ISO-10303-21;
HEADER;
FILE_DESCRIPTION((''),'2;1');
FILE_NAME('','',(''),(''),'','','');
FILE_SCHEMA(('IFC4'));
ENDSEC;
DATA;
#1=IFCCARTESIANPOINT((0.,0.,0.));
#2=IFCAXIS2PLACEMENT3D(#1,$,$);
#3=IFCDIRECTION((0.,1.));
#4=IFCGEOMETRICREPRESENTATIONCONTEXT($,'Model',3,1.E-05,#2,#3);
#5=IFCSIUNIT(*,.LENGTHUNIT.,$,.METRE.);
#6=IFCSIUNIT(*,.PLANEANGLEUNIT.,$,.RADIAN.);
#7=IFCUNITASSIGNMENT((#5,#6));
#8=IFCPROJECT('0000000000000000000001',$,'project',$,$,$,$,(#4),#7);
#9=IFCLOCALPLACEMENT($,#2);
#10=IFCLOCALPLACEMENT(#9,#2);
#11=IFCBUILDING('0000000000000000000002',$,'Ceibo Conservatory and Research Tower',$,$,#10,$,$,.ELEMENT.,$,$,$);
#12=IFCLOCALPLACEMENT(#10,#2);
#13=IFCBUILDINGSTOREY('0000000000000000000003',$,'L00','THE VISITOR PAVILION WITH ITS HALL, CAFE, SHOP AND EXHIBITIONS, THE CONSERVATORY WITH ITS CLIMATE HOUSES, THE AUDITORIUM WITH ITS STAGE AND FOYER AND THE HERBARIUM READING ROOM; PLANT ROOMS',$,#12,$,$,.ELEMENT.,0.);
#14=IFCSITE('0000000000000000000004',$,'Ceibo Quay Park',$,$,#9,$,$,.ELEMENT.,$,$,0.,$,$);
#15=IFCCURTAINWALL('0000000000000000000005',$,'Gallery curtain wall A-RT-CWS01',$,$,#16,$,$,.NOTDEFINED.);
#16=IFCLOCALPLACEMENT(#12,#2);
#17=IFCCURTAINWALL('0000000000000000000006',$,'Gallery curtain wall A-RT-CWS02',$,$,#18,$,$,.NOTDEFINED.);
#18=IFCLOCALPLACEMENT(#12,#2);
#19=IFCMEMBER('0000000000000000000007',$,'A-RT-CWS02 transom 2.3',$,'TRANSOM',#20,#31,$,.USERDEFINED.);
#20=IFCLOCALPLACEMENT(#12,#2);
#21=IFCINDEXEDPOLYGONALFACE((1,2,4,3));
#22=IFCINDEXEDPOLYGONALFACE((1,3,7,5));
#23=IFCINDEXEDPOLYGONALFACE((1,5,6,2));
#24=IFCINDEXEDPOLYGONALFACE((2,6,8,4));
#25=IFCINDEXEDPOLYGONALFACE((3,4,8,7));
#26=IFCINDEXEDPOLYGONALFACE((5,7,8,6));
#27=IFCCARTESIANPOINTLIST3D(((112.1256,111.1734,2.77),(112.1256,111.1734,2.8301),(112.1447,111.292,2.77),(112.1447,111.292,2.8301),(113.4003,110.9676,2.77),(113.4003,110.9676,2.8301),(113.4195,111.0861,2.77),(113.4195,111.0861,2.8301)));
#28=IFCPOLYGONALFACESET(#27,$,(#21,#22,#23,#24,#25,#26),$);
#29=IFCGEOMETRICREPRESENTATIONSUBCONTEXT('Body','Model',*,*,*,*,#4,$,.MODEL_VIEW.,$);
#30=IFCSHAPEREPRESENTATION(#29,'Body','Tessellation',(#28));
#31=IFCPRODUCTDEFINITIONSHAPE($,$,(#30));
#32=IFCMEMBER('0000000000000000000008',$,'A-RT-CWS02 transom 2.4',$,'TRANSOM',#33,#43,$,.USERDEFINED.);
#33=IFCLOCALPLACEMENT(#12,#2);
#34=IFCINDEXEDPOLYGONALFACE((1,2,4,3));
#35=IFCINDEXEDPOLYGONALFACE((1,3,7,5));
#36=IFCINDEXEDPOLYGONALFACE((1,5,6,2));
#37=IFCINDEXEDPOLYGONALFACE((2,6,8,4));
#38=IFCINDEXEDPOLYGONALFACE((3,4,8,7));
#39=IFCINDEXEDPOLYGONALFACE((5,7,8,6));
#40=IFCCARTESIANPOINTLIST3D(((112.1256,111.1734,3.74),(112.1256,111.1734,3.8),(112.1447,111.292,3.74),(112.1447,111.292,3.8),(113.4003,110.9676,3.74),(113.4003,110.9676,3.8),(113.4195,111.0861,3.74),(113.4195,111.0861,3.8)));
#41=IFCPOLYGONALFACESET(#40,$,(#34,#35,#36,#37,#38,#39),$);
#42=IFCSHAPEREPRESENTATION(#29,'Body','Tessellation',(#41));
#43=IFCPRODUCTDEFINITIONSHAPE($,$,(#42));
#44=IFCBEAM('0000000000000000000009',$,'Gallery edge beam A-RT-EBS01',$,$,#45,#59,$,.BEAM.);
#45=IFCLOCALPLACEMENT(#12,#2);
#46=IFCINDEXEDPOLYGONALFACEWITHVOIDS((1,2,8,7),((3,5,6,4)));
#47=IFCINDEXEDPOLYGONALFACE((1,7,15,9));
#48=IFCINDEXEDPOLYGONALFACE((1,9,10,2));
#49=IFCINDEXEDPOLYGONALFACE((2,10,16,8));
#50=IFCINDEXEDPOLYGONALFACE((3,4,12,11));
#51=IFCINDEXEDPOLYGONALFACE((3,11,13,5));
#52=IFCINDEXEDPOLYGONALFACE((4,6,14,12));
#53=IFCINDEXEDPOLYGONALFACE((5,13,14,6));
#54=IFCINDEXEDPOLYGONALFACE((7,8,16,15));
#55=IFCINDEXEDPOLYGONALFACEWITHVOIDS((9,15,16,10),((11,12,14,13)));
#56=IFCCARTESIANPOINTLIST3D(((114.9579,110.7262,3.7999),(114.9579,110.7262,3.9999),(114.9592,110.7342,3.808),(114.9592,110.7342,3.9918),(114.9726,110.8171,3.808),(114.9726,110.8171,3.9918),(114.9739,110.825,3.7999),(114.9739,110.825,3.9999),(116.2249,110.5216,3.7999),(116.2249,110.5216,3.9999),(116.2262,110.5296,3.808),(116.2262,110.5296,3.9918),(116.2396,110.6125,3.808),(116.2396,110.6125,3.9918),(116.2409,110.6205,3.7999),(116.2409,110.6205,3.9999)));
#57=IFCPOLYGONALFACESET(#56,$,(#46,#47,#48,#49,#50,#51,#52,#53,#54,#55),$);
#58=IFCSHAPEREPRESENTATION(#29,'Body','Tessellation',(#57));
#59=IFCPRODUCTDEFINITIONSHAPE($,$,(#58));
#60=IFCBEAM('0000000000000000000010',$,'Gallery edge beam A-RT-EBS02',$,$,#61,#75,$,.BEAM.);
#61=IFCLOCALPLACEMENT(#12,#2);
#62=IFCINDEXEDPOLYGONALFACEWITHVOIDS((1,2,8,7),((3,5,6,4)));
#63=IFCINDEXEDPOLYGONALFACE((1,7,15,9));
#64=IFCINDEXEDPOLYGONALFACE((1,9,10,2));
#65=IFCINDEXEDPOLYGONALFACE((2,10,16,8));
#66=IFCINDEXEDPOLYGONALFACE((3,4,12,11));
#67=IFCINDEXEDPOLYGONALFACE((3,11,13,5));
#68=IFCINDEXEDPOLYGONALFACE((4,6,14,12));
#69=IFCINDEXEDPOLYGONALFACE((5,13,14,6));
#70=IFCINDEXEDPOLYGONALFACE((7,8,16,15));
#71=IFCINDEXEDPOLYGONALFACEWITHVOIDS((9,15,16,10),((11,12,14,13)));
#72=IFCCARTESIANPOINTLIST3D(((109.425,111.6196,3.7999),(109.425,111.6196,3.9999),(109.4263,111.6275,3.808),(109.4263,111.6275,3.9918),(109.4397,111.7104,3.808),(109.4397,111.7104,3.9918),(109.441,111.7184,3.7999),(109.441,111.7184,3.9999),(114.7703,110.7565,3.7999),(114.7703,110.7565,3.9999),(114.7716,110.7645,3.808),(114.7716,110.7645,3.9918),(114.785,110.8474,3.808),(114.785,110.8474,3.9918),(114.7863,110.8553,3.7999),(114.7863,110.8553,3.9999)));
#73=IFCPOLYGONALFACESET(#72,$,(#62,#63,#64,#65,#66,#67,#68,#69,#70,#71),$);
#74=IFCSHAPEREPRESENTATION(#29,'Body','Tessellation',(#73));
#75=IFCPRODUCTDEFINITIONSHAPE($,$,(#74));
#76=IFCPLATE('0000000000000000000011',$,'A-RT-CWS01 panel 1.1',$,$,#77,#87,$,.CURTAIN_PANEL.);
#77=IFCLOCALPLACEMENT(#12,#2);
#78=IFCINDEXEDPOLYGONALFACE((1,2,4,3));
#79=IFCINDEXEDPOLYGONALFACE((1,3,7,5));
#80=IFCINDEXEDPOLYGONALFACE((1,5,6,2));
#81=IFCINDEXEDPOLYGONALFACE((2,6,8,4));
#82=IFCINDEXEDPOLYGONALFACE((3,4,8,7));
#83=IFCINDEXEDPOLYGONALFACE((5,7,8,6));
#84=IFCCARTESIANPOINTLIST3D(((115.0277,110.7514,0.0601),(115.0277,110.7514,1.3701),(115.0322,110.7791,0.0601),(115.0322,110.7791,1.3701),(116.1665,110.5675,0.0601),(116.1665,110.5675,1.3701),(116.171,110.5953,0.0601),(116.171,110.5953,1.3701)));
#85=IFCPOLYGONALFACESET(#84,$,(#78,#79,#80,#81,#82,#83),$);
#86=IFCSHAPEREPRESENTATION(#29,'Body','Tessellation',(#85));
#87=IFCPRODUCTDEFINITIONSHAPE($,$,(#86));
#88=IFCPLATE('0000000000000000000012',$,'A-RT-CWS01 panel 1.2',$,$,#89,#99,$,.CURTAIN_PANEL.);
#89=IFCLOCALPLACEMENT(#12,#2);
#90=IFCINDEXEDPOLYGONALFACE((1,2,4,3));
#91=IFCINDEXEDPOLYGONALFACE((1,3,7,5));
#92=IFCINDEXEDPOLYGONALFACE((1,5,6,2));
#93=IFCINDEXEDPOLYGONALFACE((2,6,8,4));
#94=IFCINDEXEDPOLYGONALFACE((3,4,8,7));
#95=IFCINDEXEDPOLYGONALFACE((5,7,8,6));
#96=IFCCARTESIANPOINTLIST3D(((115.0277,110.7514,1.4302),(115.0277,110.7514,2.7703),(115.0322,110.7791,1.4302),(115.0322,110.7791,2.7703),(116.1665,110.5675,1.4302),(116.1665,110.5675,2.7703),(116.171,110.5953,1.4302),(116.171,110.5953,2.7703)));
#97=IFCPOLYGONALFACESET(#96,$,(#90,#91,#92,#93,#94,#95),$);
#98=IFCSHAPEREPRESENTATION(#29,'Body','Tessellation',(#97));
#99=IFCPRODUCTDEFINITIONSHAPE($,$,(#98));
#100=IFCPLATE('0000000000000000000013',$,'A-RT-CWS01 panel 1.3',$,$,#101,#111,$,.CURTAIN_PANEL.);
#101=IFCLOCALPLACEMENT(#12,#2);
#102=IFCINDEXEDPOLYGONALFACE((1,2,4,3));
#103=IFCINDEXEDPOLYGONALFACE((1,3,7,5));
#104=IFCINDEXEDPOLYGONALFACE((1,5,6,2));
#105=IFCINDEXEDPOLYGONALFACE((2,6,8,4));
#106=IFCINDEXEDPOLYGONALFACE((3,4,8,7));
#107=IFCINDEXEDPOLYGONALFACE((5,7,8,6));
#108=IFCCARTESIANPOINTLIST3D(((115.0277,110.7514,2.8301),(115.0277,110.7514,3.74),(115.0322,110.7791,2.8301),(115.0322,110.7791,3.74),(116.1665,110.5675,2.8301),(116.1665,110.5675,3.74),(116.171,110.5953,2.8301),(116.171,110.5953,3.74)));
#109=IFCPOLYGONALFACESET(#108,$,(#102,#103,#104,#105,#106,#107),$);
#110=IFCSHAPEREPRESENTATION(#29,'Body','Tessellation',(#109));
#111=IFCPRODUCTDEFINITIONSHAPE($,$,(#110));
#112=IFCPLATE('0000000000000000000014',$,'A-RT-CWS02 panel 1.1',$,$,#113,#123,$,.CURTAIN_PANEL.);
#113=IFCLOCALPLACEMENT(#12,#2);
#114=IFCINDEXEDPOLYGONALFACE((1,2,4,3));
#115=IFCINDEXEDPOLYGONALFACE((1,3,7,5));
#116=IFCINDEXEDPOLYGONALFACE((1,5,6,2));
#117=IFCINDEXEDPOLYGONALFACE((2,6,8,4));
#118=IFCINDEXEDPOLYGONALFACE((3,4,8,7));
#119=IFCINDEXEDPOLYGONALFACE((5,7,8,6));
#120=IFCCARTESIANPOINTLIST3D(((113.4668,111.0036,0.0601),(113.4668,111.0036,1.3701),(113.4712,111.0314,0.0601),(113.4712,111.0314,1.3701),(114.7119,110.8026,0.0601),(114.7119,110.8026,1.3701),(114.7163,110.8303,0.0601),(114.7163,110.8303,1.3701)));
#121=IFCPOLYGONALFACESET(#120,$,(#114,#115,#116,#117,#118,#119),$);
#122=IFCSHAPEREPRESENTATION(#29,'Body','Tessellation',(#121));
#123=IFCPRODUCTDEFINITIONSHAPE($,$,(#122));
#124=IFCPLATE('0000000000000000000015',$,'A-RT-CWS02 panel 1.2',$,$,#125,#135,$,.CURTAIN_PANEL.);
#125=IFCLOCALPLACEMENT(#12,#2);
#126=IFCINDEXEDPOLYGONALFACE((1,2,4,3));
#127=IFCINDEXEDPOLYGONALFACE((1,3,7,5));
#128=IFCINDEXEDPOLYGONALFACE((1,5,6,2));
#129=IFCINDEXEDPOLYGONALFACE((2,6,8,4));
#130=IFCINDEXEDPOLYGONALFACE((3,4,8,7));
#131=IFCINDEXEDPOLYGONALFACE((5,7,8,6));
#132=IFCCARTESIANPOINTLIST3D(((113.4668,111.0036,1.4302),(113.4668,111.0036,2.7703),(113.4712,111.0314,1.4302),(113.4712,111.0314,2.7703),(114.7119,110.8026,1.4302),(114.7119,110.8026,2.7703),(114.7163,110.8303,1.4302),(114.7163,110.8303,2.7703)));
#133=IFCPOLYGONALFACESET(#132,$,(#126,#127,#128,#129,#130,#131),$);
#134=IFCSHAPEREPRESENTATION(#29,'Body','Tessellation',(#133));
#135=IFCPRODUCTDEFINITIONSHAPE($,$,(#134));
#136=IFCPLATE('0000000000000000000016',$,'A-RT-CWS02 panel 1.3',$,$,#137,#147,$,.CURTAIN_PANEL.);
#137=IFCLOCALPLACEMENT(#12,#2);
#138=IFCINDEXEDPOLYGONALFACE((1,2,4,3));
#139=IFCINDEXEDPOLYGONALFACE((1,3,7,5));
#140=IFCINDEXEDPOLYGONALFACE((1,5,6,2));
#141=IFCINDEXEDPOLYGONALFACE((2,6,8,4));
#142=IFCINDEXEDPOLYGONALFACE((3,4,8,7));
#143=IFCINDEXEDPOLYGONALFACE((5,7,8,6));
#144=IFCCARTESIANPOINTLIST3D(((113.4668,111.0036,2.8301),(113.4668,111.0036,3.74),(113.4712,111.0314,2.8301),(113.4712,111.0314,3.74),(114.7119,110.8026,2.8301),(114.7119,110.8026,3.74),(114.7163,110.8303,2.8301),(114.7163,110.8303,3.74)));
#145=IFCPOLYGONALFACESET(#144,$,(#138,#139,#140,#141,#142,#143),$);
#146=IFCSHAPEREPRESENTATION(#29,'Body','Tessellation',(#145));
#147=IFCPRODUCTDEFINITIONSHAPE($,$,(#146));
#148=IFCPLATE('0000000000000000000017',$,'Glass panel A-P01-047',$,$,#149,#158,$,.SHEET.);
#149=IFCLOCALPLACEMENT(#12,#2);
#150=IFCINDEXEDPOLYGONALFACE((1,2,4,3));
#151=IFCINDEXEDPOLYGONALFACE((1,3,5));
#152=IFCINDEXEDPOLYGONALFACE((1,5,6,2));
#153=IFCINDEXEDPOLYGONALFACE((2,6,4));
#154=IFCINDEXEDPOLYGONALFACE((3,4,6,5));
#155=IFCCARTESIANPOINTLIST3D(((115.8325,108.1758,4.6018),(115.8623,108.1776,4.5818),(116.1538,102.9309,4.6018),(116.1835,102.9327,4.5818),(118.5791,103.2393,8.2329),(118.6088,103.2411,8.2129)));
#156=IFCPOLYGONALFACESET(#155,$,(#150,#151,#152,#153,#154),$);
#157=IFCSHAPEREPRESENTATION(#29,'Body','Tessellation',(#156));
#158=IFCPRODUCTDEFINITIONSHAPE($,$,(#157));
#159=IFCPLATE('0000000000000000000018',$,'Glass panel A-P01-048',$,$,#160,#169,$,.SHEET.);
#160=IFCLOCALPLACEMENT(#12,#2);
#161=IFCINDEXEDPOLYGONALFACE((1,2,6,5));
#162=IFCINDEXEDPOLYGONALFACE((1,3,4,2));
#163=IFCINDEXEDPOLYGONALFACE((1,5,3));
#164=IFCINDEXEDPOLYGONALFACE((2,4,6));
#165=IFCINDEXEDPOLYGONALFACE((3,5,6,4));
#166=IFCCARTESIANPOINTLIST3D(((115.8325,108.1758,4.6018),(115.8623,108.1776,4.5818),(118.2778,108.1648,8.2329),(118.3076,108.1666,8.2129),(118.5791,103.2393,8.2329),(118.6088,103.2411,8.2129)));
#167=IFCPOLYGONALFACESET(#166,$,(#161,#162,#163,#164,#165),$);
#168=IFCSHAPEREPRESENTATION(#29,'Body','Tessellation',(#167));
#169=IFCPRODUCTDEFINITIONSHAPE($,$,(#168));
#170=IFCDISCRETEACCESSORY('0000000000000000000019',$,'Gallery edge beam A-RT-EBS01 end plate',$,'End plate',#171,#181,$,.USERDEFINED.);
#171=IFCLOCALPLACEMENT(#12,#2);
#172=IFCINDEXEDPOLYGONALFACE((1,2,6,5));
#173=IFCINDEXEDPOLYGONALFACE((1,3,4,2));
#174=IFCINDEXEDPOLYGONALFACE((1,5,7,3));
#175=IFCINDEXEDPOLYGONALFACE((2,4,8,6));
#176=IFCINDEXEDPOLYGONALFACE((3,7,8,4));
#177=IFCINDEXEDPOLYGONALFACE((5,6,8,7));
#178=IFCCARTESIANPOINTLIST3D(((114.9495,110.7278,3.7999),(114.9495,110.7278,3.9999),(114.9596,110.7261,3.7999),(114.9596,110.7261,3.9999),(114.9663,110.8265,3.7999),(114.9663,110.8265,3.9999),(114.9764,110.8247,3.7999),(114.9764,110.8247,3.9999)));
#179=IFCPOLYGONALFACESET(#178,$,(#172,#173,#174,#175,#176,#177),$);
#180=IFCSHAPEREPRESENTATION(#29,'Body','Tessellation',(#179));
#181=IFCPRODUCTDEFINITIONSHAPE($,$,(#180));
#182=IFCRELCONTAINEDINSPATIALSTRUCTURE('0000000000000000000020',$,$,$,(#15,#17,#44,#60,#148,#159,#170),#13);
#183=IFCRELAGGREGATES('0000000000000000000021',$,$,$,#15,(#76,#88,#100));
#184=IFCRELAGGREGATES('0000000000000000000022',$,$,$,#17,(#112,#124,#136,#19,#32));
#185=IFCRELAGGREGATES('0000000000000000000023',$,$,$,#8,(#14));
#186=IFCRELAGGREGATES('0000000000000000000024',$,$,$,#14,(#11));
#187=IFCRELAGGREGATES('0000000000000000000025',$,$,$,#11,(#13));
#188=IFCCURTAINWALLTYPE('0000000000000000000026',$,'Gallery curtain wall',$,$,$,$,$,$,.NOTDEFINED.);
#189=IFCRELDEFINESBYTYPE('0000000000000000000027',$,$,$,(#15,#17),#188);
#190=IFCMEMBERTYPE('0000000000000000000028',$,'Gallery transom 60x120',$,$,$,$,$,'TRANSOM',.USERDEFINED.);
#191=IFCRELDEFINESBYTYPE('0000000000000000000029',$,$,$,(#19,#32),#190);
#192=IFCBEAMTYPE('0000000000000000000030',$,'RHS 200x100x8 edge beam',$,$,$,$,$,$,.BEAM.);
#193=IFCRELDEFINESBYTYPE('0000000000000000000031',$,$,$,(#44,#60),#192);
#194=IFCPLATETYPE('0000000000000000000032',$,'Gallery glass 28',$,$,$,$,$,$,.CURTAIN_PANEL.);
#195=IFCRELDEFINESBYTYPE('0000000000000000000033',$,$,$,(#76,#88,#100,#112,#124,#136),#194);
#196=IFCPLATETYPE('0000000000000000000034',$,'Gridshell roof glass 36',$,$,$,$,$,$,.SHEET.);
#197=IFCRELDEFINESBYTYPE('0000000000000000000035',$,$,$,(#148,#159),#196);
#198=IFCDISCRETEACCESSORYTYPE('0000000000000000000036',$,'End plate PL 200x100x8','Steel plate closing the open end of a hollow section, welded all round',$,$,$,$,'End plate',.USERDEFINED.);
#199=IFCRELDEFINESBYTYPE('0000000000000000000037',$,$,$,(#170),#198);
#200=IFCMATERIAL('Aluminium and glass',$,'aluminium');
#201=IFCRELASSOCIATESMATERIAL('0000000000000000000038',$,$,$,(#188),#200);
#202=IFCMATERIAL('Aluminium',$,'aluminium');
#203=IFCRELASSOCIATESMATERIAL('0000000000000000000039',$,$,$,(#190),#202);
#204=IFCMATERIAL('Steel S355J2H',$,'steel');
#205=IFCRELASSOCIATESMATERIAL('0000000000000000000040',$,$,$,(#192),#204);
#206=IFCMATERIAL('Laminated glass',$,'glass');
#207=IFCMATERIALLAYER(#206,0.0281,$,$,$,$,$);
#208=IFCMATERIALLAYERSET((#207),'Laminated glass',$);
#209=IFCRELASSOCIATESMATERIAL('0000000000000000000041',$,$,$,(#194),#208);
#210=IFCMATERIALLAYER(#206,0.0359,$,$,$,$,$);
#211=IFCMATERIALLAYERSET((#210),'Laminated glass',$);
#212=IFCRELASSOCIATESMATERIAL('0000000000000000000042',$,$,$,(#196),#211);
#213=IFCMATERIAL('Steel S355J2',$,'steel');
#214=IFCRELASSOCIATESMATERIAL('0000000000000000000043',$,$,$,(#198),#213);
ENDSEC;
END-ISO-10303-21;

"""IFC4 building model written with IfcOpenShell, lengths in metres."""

from ifc_helpers import new_model, si_unit, direction, frame, origin, origin_2d, place, context, subcontext, project, spatial, polyline, rectangle, hollow_rectangle, outline, extrude, material, layer, layer_set, material_profile, profile_set, type_object, element, aggregate, save


model = new_model("IFC4")

# Units and contexts
model_context = context("Model", 3, precision=1e-05, world=origin(), true_north=direction((0.0, 1.0)))
body_context = subcontext(model_context, "Body", "Model", "MODEL_VIEW")
ifc_project = project(units=[si_unit("LENGTHUNIT", "METRE"), si_unit("PLANEANGLEUNIT", "RADIAN")], contexts=[model_context])

# Site, building, storey
site_placement = place(None, origin())
site = spatial("IfcSite", under=ifc_project, at=site_placement, Name="Ceibo Quay Park", CompositionType="ELEMENT", RefElevation=0.0)
building_placement = place(site_placement, origin())
building = spatial("IfcBuilding", under=site, at=building_placement, Name="Ceibo Conservatory and Research Tower", CompositionType="ELEMENT")
storey_placement = place(building_placement, origin())
storey = spatial("IfcBuildingStorey", under=building, at=storey_placement, Name="L00", Description="THE VISITOR PAVILION WITH ITS HALL, CAFE, SHOP AND EXHIBITIONS, THE CONSERVATORY WITH ITS CLIMATE HOUSES, THE AUDITORIUM WITH ITS STAGE AND FOYER AND THE HERBARIUM READING ROOM; PLANT ROOMS", CompositionType="ELEMENT", Elevation=0.0)

# Shared definitions
ifc_material_1 = material(Name="Steel S355J2H", Category="steel")

# Curtain walls
ifc_material_2 = material(Name="Aluminium and glass", Category="aluminium")
curtain_wall_type = type_object("IfcCurtainWallType", Name="Gallery curtain wall", PredefinedType="NOTDEFINED", material=ifc_material_2)
curtain_wall_1_placement = place(storey_placement, origin())
curtain_wall_1 = element("IfcCurtainWall", 1, at=curtain_wall_1_placement, inside=storey, type_object=curtain_wall_type, Name="Gallery curtain wall A-RT-CWS01", PredefinedType="NOTDEFINED")
ifc_material_3 = material(Name="Aluminium", Category="aluminium")
curtain_wall_2_placement = place(storey_placement, origin())
curtain_wall_2 = element("IfcCurtainWall", 2, at=curtain_wall_2_placement, inside=storey, type_object=curtain_wall_type, Name="Gallery curtain wall A-RT-CWS02", PredefinedType="NOTDEFINED")

# Members
ifc_material_profile_1 = material_profile(ifc_material_3, rectangle(XDim=0.1201, YDim=0.0601, at=origin_2d()), Name="AL 60x120")
ifc_profile_set_1 = profile_set([ifc_material_profile_1], Name="Aluminium")
member_type_1 = type_object("IfcMemberType", Name="Gallery transom 60x120", ElementType="TRANSOM", PredefinedType="USERDEFINED", material=ifc_profile_set_1)
member_1_placement = place(storey_placement, frame((113.4099, 111.0269, 2.8), z_axis=(-0.987214, 0.159399, 0.0), x_axis=(-0.159399, -0.987214, 0.0)))
member_1 = element("IfcMember", 3, at=member_1_placement, type_object=member_type_1, Name="A-RT-CWS02 transom 2.3", ObjectType="TRANSOM", PredefinedType="USERDEFINED", context=body_context, shape_type="SweptSolid", body=[
    extrude(rectangle(XDim=0.1201, YDim=0.0601, at=origin_2d()), origin(), (0.0, 0.0, 1.0), 1.2913),
])
member_2_placement = place(storey_placement, frame((113.4099, 111.0269, 3.77), z_axis=(-0.987214, 0.159399, 0.0), x_axis=(-0.159399, -0.987214, 0.0)))
member_2 = element("IfcMember", 4, at=member_2_placement, type_object=member_type_1, Name="A-RT-CWS02 transom 2.4", ObjectType="TRANSOM", PredefinedType="USERDEFINED", context=body_context, shape_type="SweptSolid", body=[
    extrude(rectangle(XDim=0.1201, YDim=0.0601, at=origin_2d()), origin(), (0.0, 0.0, 1.0), 1.2913),
])

# Beams
ifc_material_profile_2 = material_profile(ifc_material_1, hollow_rectangle(XDim=0.1001, YDim=0.2, WallThickness=0.0081, at=origin_2d()), Name="RHS 200x100x8 edge beam")
ifc_profile_set_2 = profile_set([ifc_material_profile_2], Name="Steel S355J2H")
beam_type = type_object("IfcBeamType", Name="RHS 200x100x8 edge beam", PredefinedType="BEAM", material=ifc_profile_set_2)
beam_1_placement = place(storey_placement, frame((116.2329, 110.571, 3.8999), z_axis=(-0.987214, 0.1594, 0.0), x_axis=(-0.1594, -0.987214, 0.0)))
element("IfcBeam", 5, at=beam_1_placement, inside=storey, type_object=beam_type, Name="Gallery edge beam A-RT-EBS01", PredefinedType="BEAM", context=body_context, shape_type="SweptSolid", body=[
    extrude(hollow_rectangle(XDim=0.1001, YDim=0.2, WallThickness=0.0081, at=origin_2d()), origin(), (0.0, 0.0, 1.0), 1.2834),
])
beam_2_placement = place(storey_placement, frame((114.7783, 110.8059, 3.8999), z_axis=(-0.987215, 0.159395, 0.0), x_axis=(-0.159395, -0.987215, 0.0)))
element("IfcBeam", 6, at=beam_2_placement, inside=storey, type_object=beam_type, Name="Gallery edge beam A-RT-EBS02", PredefinedType="BEAM", context=body_context, shape_type="SweptSolid", body=[
    extrude(hollow_rectangle(XDim=0.1001, YDim=0.2, WallThickness=0.0081, at=origin_2d()), origin(), (0.0, 0.0, 1.0), 5.4146),
])

# Plates
ifc_material_4 = material(Name="Laminated glass", Category="glass")
ifc_layer_1 = layer(ifc_material_4, 0.0281)
ifc_layer_set_1 = layer_set([ifc_layer_1], Name="Laminated glass")
plate_type_1 = type_object("IfcPlateType", Name="Gallery glass 28", PredefinedType="CURTAIN_PANEL", material=ifc_layer_set_1)
plate_1_placement = place(storey_placement, frame((115.5994, 110.6733, 0.0601), z_axis=(0.0, 0.0, 1.0), x_axis=(-0.987216, 0.159391, 0.0)))
plate_1 = element("IfcPlate", 7, at=plate_1_placement, type_object=plate_type_1, Name="A-RT-CWS01 panel 1.1", PredefinedType="CURTAIN_PANEL", context=body_context, shape_type="SweptSolid", body=[
    extrude(rectangle(XDim=1.1536, YDim=0.0281, at=origin_2d()), origin(), (0.0, 0.0, 1.0), 1.3101),
])
plate_2_placement = place(storey_placement, frame((115.5994, 110.6733, 1.4302), z_axis=(0.0, 0.0, 1.0), x_axis=(-0.987216, 0.159391, 0.0)))
plate_2 = element("IfcPlate", 8, at=plate_2_placement, type_object=plate_type_1, Name="A-RT-CWS01 panel 1.2", PredefinedType="CURTAIN_PANEL", context=body_context, shape_type="SweptSolid", body=[
    extrude(rectangle(XDim=1.1536, YDim=0.0281, at=origin_2d()), origin(), (0.0, 0.0, 1.0), 1.3401),
])
plate_3_placement = place(storey_placement, frame((115.5994, 110.6733, 2.8301), z_axis=(0.0, 0.0, 1.0), x_axis=(-0.987216, 0.159391, 0.0)))
plate_3 = element("IfcPlate", 9, at=plate_3_placement, type_object=plate_type_1, Name="A-RT-CWS01 panel 1.3", PredefinedType="CURTAIN_PANEL", context=body_context, shape_type="SweptSolid", body=[
    extrude(rectangle(XDim=1.1536, YDim=0.0281, at=origin_2d()), origin(), (0.0, 0.0, 1.0), 0.9099),
])
aggregate(curtain_wall_1, [plate_1, plate_2, plate_3])
plate_4_placement = place(storey_placement, frame((114.0916, 110.917, 0.0601), z_axis=(0.0, 0.0, 1.0), x_axis=(-0.987216, 0.159391, 0.0)))
plate_4 = element("IfcPlate", 10, at=plate_4_placement, type_object=plate_type_1, Name="A-RT-CWS02 panel 1.1", PredefinedType="CURTAIN_PANEL", context=body_context, shape_type="SweptSolid", body=[
    extrude(rectangle(XDim=1.2612, YDim=0.0281, at=origin_2d()), origin(), (0.0, 0.0, 1.0), 1.3101),
])
plate_5_placement = place(storey_placement, frame((114.0916, 110.917, 1.4302), z_axis=(0.0, 0.0, 1.0), x_axis=(-0.987216, 0.159391, 0.0)))
plate_5 = element("IfcPlate", 11, at=plate_5_placement, type_object=plate_type_1, Name="A-RT-CWS02 panel 1.2", PredefinedType="CURTAIN_PANEL", context=body_context, shape_type="SweptSolid", body=[
    extrude(rectangle(XDim=1.2612, YDim=0.0281, at=origin_2d()), origin(), (0.0, 0.0, 1.0), 1.3401),
])
plate_6_placement = place(storey_placement, frame((114.0916, 110.917, 2.8301), z_axis=(0.0, 0.0, 1.0), x_axis=(-0.987216, 0.159391, 0.0)))
plate_6 = element("IfcPlate", 12, at=plate_6_placement, type_object=plate_type_1, Name="A-RT-CWS02 panel 1.3", PredefinedType="CURTAIN_PANEL", context=body_context, shape_type="SweptSolid", body=[
    extrude(rectangle(XDim=1.2612, YDim=0.0281, at=origin_2d()), origin(), (0.0, 0.0, 1.0), 0.9099),
])
aggregate(curtain_wall_2, [plate_4, plate_5, plate_6, member_1, member_2])

# Plates
ifc_layer_2 = layer(ifc_material_4, 0.0359)
ifc_layer_set_2 = layer_set([ifc_layer_2], Name="Laminated glass")
plate_type_2 = type_object("IfcPlateType", Name="Gridshell roof glass 36", PredefinedType="SHEET", material=ifc_layer_set_2)
plate_7_placement = place(storey_placement, frame((115.8325, 108.1758, 4.6018), z_axis=(-0.828501, -0.050752, 0.557683), x_axis=(0.061143, -0.998129, 0.0)))
element("IfcPlate", 13, at=plate_7_placement, inside=storey, type_object=plate_type_2, Name="Glass panel A-P01-047", PredefinedType="SHEET", context=body_context, shape_type="SweptSolid", body=[
    extrude(outline(polyline([(0.0, 0.0), (5.2547, 0.0), (5.0952, 4.3745), (0.0, 0.0)])), origin(), (0.0, 0.0, -1.0), 0.0359),
])
plate_8_placement = place(storey_placement, frame((115.8325, 108.1758, 4.6018), z_axis=(-0.828456, -0.050672, 0.557758), x_axis=(0.408992, -0.735094, 0.540705)))
element("IfcPlate", 14, at=plate_8_placement, inside=storey, type_object=plate_type_2, Name="Glass panel A-P01-048", PredefinedType="SHEET", context=body_context, shape_type="SweptSolid", body=[
    extrude(outline(polyline([(0.0, 0.0), (6.7155, 0.0), (2.9715, 3.2147), (0.0, 0.0)])), origin(), (0.0, 0.0, -1.0), 0.0359),
])

# Discrete accessory
ifc_material_5 = material(Name="Steel S355J2", Category="steel")
ifc_material_profile_3 = material_profile(ifc_material_5, rectangle(XDim=0.1001, YDim=0.2, at=origin_2d()), Name="End plate PL 200x100x8")
ifc_profile_set_3 = profile_set([ifc_material_profile_3], Name="Steel S355J2")
discrete_accessory_type_1 = type_object("IfcDiscreteAccessoryType", Name="End plate PL 200x100x8", Description="Steel plate closing the open end of a hollow section, welded all round", ElementType="End plate", PredefinedType="USERDEFINED", material=ifc_profile_set_3)
discrete_accessory_1_placement = place(storey_placement, frame((114.968, 110.7754, 3.8999), z_axis=(-0.985736, 0.168296, 0.0), x_axis=(-0.168296, -0.985736, 0.0)))
element("IfcDiscreteAccessory", 15, at=discrete_accessory_1_placement, inside=storey, type_object=discrete_accessory_type_1, Name="Gallery edge beam A-RT-EBS01 end plate", ObjectType="End plate", PredefinedType="USERDEFINED", context=body_context, shape_type="SweptSolid", body=[
    extrude(rectangle(XDim=0.1001, YDim=0.2, at=origin_2d()), origin(), (0.0, 0.0, 1.0), 0.0103),
])

save(model, "model.ifc")
